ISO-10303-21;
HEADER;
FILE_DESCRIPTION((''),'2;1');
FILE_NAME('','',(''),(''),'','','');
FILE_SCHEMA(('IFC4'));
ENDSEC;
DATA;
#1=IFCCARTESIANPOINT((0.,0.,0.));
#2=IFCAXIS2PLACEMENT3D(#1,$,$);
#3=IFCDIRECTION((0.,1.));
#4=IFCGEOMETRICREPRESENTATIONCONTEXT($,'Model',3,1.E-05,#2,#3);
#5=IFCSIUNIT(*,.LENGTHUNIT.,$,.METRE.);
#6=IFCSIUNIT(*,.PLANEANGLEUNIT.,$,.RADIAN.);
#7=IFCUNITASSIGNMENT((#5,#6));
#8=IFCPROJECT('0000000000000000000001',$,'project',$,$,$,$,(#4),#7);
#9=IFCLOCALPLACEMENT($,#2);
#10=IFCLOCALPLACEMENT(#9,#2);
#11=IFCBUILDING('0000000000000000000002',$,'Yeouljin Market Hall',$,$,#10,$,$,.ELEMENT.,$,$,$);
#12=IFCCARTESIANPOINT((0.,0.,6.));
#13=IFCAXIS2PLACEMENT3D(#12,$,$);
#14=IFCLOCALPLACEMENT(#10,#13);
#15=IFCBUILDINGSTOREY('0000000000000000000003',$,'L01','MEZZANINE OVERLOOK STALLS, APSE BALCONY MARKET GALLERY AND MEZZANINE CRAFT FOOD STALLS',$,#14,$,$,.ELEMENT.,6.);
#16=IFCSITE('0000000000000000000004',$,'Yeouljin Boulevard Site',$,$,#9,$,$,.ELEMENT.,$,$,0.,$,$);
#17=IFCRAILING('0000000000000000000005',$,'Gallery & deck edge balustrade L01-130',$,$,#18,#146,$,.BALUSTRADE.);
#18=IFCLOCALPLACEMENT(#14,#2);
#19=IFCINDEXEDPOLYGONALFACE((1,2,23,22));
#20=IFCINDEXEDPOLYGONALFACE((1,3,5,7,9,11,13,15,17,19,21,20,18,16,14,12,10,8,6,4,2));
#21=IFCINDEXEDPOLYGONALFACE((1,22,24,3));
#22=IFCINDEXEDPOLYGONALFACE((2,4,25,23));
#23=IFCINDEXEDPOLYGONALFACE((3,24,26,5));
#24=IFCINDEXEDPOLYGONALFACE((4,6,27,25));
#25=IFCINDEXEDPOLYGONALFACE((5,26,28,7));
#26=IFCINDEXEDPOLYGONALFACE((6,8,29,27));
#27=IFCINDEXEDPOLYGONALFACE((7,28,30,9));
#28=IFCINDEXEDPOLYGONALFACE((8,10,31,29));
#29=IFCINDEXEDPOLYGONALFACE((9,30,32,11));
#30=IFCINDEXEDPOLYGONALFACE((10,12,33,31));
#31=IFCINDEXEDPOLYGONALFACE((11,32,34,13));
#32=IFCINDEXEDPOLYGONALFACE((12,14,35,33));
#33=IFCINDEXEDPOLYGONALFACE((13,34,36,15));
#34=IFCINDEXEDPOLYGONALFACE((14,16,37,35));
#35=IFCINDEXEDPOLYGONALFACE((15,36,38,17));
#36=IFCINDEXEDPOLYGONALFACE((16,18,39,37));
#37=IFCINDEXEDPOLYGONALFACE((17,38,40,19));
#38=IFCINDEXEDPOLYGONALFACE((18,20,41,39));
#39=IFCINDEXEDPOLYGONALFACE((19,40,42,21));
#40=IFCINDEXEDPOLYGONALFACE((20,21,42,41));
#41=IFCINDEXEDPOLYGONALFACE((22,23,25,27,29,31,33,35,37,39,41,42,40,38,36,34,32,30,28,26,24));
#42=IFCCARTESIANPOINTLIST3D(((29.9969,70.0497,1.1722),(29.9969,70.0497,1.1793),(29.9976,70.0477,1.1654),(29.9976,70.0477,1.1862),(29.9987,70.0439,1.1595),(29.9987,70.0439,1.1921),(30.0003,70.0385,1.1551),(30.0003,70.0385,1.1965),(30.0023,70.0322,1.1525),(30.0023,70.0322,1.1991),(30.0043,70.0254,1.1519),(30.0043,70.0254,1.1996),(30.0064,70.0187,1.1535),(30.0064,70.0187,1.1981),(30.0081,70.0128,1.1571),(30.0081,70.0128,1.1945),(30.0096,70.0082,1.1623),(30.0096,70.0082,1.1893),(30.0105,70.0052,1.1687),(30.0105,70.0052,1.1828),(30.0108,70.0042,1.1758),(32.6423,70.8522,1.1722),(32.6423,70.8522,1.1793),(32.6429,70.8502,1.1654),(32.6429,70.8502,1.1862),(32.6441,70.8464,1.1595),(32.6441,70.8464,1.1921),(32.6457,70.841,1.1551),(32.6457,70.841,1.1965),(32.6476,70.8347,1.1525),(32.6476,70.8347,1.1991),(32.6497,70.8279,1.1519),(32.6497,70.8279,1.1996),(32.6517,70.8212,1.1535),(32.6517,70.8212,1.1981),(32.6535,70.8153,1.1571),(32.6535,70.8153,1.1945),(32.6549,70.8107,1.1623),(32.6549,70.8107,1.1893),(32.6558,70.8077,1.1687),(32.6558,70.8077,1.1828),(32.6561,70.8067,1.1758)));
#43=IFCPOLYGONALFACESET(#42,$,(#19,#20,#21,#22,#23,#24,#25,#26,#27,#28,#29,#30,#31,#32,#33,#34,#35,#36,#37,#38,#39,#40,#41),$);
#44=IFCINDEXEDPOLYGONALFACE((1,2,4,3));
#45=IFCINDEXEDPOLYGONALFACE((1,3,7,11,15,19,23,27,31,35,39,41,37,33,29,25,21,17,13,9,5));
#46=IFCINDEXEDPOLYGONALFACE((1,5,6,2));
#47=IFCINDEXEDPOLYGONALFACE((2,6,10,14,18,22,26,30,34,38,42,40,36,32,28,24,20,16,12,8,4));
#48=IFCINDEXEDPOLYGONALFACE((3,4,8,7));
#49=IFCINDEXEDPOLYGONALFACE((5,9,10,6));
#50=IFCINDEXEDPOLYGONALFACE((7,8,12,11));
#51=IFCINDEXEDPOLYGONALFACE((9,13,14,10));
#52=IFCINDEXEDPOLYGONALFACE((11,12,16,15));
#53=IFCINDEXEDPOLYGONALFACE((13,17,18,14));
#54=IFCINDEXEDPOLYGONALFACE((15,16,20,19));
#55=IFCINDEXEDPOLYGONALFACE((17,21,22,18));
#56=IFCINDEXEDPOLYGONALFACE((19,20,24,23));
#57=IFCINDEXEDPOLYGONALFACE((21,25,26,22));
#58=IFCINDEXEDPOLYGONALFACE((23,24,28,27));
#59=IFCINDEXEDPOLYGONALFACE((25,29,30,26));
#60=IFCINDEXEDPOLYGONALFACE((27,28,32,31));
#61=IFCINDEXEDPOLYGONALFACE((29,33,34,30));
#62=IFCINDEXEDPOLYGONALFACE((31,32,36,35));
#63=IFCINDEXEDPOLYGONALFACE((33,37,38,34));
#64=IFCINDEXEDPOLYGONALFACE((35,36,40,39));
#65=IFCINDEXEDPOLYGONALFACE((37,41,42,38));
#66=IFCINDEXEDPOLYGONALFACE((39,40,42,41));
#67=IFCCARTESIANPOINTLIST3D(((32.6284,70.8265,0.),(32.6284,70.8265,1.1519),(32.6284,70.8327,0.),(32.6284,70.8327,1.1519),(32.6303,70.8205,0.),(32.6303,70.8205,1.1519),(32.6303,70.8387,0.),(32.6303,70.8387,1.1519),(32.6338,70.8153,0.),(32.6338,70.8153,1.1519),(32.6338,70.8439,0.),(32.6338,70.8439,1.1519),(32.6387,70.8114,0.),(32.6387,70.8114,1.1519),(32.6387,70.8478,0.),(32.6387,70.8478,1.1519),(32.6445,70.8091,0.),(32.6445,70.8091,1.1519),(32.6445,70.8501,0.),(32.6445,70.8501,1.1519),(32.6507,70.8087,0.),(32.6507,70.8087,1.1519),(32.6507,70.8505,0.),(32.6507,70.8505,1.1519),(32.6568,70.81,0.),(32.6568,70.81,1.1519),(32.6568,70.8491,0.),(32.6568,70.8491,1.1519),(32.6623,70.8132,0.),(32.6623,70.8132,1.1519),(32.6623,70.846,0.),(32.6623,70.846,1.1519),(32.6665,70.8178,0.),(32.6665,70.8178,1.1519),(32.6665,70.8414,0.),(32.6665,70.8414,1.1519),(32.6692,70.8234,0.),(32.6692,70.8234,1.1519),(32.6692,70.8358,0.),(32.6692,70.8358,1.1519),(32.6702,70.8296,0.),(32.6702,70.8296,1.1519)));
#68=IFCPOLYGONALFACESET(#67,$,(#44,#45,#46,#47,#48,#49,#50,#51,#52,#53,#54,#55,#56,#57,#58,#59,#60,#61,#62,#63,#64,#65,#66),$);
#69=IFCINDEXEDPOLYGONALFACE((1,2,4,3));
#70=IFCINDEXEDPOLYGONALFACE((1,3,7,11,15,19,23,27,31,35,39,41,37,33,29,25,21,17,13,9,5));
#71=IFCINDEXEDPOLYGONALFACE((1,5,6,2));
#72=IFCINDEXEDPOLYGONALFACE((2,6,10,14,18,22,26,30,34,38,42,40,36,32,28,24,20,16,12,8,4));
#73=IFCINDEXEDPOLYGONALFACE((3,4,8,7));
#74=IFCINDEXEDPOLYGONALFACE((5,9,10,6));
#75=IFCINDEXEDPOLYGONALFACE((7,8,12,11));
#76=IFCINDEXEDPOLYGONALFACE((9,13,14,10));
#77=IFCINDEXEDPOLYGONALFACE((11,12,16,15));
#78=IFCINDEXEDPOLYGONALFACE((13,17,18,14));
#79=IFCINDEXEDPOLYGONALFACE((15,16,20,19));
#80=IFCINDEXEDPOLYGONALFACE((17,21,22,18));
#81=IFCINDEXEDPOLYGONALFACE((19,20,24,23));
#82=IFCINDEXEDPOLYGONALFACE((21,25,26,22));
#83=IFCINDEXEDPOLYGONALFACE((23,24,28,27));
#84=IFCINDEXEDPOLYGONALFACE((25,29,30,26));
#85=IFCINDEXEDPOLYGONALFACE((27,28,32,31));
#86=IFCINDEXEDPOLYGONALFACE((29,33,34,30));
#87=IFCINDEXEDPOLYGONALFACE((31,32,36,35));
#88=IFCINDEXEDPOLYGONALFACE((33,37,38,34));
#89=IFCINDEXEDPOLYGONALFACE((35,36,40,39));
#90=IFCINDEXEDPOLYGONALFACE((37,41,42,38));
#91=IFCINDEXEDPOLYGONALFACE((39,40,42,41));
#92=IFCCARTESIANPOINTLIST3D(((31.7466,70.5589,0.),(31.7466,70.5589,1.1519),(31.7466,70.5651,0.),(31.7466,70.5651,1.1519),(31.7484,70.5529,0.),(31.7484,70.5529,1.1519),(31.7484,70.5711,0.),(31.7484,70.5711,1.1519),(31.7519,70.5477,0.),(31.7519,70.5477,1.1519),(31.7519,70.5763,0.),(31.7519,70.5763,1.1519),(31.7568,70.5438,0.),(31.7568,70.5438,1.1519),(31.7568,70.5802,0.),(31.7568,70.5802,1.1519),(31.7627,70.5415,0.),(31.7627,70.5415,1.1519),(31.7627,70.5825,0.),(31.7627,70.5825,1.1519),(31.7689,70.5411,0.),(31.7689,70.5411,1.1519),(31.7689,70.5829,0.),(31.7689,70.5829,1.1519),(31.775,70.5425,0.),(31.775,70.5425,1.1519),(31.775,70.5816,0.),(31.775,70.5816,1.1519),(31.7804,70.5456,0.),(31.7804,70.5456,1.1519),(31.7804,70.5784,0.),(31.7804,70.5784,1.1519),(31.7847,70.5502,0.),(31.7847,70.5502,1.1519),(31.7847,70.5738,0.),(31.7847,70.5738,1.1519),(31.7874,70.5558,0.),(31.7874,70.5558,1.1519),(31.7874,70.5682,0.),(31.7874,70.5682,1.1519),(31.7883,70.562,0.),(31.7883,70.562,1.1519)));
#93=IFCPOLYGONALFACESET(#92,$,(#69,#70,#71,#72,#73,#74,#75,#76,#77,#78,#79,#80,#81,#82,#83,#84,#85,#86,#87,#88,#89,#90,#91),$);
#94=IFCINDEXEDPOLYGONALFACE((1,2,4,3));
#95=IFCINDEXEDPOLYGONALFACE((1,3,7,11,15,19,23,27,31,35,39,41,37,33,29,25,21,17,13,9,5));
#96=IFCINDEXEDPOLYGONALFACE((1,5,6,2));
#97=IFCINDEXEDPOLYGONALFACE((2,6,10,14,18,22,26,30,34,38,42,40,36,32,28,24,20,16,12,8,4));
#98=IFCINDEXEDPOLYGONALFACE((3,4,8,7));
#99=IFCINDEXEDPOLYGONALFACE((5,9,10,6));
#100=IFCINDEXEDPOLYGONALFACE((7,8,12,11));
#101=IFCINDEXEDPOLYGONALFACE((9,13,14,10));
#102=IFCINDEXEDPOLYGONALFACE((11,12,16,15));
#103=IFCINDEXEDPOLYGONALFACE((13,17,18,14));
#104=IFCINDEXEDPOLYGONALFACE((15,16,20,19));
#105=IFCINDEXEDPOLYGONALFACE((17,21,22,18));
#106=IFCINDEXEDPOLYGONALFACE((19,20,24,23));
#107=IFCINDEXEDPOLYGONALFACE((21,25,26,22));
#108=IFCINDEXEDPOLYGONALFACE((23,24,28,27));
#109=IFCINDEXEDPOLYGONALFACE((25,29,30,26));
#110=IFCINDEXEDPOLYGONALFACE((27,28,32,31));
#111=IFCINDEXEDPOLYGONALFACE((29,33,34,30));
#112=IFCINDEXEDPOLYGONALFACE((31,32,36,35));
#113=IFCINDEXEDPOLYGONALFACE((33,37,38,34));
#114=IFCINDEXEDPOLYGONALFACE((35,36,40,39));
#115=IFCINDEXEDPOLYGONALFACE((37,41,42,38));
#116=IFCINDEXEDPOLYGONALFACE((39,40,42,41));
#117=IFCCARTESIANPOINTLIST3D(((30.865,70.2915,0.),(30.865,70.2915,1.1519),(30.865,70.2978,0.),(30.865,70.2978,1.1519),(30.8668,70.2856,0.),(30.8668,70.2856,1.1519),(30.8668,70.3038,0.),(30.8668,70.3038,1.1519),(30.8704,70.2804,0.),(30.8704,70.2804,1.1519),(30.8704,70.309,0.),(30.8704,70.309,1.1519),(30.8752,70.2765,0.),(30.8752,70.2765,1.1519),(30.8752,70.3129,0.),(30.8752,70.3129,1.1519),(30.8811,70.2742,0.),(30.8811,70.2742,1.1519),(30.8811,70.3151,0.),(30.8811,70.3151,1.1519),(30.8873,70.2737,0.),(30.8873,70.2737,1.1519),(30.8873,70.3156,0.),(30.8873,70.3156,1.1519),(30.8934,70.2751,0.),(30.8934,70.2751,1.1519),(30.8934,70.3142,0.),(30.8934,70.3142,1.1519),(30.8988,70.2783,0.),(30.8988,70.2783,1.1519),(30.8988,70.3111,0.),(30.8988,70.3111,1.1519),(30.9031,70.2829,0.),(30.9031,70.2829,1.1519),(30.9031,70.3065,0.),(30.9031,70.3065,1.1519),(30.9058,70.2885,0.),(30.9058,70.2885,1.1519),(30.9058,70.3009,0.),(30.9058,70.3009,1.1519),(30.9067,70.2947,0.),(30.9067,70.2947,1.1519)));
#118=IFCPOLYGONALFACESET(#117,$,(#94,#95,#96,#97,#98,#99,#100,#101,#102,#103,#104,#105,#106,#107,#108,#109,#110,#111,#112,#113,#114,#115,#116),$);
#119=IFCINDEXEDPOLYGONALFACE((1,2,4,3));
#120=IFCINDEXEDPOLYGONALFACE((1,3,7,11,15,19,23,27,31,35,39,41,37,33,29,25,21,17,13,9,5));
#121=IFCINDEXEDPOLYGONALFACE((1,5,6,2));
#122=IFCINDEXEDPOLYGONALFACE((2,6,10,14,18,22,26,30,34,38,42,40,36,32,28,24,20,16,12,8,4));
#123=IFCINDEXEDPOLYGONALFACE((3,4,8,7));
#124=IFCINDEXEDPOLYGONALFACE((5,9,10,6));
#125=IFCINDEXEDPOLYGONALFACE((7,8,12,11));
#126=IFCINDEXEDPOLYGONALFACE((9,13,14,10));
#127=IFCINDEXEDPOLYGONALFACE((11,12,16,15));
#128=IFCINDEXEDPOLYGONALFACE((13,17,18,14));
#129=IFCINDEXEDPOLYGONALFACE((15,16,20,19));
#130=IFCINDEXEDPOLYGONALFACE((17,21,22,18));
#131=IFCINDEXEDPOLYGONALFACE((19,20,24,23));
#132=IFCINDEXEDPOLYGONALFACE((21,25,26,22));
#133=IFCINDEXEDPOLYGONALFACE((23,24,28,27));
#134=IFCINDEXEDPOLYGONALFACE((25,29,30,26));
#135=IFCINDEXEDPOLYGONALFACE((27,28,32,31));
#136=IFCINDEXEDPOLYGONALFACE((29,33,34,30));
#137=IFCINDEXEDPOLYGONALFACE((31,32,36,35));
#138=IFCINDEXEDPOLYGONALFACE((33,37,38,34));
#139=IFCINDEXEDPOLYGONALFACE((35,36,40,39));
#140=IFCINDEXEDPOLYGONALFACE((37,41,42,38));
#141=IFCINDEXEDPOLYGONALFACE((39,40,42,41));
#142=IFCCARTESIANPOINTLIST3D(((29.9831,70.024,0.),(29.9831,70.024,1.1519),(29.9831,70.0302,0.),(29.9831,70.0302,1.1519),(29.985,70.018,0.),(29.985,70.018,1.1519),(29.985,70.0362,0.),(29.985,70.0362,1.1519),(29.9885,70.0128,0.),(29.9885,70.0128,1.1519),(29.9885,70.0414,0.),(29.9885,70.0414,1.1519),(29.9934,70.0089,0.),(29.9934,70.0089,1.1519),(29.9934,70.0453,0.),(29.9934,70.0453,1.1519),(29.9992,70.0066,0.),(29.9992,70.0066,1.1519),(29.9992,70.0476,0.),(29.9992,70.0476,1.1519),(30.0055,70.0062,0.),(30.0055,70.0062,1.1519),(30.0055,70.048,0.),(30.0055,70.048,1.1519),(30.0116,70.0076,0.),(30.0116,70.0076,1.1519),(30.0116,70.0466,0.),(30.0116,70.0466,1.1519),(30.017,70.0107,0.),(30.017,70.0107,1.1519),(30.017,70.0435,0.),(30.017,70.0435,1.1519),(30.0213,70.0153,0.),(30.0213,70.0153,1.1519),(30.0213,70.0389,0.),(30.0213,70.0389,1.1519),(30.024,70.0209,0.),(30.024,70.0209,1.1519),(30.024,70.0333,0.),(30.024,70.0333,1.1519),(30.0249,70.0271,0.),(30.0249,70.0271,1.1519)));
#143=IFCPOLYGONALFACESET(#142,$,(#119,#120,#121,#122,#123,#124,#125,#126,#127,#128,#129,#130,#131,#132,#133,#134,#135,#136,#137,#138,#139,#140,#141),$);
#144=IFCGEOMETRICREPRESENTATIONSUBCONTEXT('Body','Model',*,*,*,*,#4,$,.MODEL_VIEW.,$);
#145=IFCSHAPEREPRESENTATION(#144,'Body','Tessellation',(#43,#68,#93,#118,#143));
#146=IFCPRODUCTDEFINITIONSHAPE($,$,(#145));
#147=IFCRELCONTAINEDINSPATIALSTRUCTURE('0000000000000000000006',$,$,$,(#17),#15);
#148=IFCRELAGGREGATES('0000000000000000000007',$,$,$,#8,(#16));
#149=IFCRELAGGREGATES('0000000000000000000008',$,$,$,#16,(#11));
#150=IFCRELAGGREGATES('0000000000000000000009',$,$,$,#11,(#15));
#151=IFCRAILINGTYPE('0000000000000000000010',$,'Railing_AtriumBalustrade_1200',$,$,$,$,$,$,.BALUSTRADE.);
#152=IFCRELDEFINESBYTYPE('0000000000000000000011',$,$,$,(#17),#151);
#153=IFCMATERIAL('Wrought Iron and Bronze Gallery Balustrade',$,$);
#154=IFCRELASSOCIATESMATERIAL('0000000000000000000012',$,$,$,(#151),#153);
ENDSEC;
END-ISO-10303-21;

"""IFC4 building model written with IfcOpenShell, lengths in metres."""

from ifc_helpers import new_model, si_unit, direction, frame, origin, origin_2d, place, context, subcontext, project, spatial, circle, extrude, material, type_object, element, save


model = new_model("IFC4")

# Units and contexts
model_context = context("Model", 3, precision=1e-05, world=origin(), true_north=direction((0.0, 1.0)))
body_context = subcontext(model_context, "Body", "Model", "MODEL_VIEW")
ifc_project = project(units=[si_unit("LENGTHUNIT", "METRE"), si_unit("PLANEANGLEUNIT", "RADIAN")], contexts=[model_context])

# Site, building, storey
site_placement = place(None, origin())
site = spatial("IfcSite", under=ifc_project, at=site_placement, Name="Yeouljin Boulevard Site", CompositionType="ELEMENT", RefElevation=0.0)
building_placement = place(site_placement, origin())
building = spatial("IfcBuilding", under=site, at=building_placement, Name="Yeouljin Market Hall", CompositionType="ELEMENT")
storey_placement = place(building_placement, frame((0.0, 0.0, 6.0)))
storey = spatial("IfcBuildingStorey", under=building, at=storey_placement, Name="L01", Description="MEZZANINE OVERLOOK STALLS, APSE BALCONY MARKET GALLERY AND MEZZANINE CRAFT FOOD STALLS", CompositionType="ELEMENT", Elevation=6.0)

# Railing
ifc_material_1 = material(Name="Wrought Iron and Bronze Gallery Balustrade")
railing_type = type_object("IfcRailingType", Name="Railing_AtriumBalustrade_1200", PredefinedType="BALUSTRADE", material=ifc_material_1)
railing_1_placement = place(storey_placement, frame((32.6492, 70.8296, 0.0)))
element("IfcRailing", 1, at=railing_1_placement, inside=storey, type_object=railing_type, Name="Gallery & deck edge balustrade L01-130", PredefinedType="BALUSTRADE", context=body_context, shape_type="SweptSolid", body=[
    extrude(circle(Radius=0.0239, at=origin_2d()), frame((0.0, 0.0, 1.1758), z_axis=(-0.956934, -0.290304, 0.0), x_axis=(0.290304, -0.956934, 0.0)), (0.0, 0.0, 1.0), 2.7644),
    extrude(circle(Radius=0.021, at=origin_2d()), origin(), (0.0, 0.0, 1.0), 1.1519),
    extrude(circle(Radius=0.021, at=origin_2d()), frame((-0.8818, -0.2676, 0.0)), (0.0, 0.0, 1.0), 1.1519),
    extrude(circle(Radius=0.021, at=origin_2d()), frame((-1.7634, -0.5349, 0.0)), (0.0, 0.0, 1.0), 1.1519),
    extrude(circle(Radius=0.021, at=origin_2d()), frame((-2.6453, -0.8025, 0.0)), (0.0, 0.0, 1.0), 1.1519),
])

save(model, "model.ifc")
